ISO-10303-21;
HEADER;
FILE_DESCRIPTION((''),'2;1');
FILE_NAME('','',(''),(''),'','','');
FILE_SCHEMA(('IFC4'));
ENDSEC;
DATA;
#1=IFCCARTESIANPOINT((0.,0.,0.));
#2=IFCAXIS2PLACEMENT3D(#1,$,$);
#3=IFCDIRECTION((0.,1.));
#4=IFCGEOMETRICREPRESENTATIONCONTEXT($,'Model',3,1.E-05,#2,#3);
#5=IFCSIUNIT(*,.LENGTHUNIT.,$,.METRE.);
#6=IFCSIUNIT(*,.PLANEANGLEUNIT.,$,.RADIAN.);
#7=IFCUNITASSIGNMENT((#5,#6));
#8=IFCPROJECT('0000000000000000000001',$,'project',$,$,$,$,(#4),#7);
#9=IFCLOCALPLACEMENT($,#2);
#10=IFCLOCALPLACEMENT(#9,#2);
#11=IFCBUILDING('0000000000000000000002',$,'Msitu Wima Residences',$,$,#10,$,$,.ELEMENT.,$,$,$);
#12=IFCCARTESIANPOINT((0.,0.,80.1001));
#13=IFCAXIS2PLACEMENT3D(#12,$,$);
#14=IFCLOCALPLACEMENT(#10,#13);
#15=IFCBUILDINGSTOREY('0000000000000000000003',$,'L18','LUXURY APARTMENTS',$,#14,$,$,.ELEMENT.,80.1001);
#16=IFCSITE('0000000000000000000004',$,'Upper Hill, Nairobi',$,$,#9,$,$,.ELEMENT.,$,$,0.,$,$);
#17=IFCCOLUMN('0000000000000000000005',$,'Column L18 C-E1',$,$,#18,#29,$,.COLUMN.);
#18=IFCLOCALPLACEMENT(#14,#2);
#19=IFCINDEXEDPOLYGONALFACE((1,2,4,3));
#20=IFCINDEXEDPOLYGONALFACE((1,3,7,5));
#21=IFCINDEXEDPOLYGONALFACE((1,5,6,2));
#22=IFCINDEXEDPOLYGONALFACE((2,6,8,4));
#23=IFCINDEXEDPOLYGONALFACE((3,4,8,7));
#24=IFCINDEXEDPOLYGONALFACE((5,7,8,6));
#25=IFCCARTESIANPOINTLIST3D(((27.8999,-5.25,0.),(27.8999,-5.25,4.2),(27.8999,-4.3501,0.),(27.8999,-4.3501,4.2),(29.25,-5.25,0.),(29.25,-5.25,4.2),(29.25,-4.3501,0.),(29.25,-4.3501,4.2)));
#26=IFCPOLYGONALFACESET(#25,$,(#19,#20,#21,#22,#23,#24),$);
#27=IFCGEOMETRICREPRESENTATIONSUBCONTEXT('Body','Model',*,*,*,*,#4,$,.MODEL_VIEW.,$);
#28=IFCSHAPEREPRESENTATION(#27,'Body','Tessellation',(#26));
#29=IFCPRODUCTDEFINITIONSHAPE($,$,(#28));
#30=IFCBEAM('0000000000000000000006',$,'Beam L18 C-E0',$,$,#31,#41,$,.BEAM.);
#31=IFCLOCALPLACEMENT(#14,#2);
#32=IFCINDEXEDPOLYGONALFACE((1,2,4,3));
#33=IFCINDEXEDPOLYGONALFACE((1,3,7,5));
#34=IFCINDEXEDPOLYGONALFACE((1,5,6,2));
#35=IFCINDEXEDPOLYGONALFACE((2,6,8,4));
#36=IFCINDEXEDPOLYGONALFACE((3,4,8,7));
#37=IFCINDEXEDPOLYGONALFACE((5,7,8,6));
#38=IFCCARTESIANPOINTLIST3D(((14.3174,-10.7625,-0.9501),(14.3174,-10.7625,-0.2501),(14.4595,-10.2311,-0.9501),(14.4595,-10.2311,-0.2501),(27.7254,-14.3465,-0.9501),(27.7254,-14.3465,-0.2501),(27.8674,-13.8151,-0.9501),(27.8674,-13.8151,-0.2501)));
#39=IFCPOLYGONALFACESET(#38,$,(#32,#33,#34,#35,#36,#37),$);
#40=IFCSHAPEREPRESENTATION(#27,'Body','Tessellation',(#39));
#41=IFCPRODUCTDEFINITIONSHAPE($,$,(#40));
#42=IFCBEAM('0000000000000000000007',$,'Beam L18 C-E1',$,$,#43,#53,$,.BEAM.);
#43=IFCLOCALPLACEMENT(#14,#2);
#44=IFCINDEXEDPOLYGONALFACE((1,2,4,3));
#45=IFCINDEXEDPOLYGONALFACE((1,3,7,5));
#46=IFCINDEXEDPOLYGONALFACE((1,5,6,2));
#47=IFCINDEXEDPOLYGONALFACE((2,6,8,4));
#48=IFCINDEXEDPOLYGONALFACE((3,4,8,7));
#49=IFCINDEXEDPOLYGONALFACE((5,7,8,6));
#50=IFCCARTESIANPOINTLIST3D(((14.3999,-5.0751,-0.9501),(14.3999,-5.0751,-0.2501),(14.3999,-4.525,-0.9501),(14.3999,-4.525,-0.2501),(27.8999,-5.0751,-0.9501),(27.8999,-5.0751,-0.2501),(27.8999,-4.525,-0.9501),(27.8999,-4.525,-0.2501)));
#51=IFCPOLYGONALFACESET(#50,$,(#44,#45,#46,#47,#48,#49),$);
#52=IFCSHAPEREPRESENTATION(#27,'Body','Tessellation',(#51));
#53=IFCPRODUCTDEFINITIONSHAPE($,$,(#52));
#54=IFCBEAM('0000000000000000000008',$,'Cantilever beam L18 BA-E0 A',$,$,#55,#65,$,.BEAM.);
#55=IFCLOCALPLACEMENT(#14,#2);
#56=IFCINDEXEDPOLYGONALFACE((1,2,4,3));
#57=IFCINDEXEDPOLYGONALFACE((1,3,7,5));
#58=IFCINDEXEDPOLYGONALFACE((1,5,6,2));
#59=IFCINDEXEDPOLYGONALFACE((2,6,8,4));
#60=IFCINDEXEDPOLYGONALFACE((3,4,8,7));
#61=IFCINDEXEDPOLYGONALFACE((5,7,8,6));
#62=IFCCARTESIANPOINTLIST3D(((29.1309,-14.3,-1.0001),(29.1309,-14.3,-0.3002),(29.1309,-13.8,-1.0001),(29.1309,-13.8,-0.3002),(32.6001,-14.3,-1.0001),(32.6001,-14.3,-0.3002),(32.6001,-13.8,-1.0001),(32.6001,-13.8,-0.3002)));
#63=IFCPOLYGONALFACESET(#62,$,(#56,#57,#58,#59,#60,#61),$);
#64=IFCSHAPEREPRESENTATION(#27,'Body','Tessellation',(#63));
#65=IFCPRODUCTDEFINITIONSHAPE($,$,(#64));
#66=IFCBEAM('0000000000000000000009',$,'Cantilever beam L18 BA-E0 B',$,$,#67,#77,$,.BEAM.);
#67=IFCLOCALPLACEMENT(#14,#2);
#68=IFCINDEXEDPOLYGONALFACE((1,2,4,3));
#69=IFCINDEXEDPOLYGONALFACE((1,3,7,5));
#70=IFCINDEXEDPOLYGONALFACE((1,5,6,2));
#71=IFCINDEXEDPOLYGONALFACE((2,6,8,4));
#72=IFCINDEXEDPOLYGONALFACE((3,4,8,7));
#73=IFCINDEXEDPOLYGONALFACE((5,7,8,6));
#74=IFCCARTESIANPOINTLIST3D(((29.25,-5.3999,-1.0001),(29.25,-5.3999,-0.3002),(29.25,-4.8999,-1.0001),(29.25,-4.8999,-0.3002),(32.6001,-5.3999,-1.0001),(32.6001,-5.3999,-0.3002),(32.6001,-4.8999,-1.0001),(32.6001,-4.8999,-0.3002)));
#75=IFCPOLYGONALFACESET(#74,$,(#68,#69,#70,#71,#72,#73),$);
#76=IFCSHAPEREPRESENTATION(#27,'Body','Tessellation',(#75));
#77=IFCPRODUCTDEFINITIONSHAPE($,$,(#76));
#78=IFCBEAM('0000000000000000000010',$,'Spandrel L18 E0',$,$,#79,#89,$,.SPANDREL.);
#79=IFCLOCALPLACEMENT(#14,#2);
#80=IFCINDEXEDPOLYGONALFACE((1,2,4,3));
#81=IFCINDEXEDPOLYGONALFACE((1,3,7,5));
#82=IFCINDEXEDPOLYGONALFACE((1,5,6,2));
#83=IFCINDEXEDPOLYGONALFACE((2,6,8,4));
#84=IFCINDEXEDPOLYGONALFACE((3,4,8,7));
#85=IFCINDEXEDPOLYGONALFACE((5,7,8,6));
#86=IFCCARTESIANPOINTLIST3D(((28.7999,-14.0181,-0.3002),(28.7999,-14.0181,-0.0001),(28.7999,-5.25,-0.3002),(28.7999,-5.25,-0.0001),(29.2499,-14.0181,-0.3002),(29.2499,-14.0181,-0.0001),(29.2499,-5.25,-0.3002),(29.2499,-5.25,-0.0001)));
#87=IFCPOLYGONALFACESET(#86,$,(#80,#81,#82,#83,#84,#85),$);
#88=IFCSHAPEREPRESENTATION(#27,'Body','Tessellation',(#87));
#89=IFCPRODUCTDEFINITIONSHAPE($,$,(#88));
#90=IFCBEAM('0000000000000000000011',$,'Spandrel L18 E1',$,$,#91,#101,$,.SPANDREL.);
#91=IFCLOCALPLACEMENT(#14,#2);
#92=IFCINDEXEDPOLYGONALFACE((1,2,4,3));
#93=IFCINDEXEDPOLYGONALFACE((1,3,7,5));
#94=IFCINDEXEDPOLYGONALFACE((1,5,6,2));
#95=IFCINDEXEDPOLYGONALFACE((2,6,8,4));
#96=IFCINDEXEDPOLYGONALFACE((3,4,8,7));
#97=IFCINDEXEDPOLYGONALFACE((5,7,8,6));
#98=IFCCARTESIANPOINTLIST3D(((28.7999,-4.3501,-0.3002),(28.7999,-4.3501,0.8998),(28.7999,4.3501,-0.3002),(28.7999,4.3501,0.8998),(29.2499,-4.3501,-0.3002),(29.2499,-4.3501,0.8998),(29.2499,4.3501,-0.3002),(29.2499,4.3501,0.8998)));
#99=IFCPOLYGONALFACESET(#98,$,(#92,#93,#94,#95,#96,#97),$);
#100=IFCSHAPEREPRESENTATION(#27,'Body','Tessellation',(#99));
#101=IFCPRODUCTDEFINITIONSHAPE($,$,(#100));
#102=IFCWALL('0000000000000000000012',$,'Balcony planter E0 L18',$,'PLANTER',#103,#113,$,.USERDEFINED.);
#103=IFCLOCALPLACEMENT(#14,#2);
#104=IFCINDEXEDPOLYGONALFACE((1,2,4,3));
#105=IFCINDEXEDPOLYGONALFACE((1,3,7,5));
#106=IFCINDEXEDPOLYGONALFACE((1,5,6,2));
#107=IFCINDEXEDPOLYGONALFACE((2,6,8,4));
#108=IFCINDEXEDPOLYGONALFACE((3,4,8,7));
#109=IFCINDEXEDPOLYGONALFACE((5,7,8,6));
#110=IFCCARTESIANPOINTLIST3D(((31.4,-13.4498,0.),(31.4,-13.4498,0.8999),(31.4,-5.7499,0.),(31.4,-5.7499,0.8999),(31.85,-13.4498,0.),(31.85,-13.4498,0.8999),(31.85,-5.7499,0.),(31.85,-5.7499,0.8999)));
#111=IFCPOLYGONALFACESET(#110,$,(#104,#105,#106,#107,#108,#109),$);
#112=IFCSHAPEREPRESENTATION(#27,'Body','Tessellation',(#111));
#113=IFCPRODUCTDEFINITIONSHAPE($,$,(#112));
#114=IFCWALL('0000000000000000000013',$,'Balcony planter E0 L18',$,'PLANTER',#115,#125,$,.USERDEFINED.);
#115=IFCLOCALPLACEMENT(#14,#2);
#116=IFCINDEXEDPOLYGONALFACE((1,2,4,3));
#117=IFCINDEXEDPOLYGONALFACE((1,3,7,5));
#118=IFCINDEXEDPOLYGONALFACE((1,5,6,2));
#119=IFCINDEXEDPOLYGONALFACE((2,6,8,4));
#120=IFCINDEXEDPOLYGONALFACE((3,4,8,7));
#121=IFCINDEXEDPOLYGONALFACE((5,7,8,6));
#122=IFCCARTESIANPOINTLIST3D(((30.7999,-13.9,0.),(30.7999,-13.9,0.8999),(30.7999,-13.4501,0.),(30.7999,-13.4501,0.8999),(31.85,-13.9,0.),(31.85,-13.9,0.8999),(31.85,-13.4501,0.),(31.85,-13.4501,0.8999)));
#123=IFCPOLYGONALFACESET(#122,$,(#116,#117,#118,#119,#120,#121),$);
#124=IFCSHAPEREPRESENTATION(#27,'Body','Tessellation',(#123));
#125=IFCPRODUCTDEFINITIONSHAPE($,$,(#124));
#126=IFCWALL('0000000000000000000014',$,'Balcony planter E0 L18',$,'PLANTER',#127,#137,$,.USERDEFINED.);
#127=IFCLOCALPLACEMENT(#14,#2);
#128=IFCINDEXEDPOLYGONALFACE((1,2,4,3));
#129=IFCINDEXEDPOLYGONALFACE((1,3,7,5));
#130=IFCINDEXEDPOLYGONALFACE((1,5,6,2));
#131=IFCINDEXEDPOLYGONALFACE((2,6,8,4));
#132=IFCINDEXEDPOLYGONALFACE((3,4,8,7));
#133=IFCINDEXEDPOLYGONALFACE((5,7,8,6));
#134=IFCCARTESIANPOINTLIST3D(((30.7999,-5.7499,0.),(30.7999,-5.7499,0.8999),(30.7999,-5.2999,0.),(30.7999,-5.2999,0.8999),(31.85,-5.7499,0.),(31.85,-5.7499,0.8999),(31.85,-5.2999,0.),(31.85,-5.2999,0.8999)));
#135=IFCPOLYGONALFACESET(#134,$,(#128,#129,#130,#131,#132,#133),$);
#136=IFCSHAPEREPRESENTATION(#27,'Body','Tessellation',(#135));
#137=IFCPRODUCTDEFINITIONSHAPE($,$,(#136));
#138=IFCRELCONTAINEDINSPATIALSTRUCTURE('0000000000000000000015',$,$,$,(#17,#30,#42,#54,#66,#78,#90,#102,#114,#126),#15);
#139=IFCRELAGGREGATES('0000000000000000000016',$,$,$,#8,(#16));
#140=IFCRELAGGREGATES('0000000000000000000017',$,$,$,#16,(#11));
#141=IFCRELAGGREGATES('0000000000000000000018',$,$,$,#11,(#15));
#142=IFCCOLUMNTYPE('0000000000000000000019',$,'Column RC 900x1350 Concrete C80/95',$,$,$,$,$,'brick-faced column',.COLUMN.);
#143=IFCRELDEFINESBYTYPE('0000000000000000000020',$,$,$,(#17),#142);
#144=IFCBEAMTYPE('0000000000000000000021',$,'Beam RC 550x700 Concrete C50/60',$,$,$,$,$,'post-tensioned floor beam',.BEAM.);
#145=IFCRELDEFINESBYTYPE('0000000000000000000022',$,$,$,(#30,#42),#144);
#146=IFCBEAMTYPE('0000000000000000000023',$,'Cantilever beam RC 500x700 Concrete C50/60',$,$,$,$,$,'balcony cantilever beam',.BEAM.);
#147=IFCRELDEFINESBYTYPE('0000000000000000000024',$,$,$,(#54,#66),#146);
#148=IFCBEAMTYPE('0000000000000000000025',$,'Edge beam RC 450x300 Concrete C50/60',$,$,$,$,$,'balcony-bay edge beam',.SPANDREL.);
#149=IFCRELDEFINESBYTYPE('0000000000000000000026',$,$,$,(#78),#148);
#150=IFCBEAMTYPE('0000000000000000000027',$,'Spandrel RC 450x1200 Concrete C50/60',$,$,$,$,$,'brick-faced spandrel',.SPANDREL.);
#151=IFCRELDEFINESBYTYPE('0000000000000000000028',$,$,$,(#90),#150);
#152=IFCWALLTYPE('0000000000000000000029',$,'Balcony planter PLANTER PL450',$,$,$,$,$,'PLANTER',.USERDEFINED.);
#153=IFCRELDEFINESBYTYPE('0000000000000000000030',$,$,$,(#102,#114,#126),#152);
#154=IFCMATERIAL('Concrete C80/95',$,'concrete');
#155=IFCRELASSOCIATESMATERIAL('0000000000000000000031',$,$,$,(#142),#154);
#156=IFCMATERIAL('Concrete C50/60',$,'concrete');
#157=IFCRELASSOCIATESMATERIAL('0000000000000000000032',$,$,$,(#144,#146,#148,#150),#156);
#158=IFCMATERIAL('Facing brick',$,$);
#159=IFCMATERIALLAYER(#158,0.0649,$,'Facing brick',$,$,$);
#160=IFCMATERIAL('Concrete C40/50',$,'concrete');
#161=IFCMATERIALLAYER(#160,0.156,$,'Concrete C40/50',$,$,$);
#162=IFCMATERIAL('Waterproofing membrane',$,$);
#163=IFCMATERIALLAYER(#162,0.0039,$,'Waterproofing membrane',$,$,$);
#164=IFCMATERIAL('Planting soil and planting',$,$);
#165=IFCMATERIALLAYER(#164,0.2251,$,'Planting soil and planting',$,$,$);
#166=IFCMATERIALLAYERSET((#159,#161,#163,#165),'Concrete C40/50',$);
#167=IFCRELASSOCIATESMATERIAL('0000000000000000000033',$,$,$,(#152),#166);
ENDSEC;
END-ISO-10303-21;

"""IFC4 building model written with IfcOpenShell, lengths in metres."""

from ifc_helpers import new_model, si_unit, direction, frame, frame_2d, origin, origin_2d, place, context, subcontext, project, spatial, rectangle, extrude, material, layer, layer_set, material_profile, profile_set, type_object, element, save


model = new_model("IFC4")

# Units and contexts
model_context = context("Model", 3, precision=1e-05, world=origin(), true_north=direction((0.0, 1.0)))
body_context = subcontext(model_context, "Body", "Model", "MODEL_VIEW")
ifc_project = project(units=[si_unit("LENGTHUNIT", "METRE"), si_unit("PLANEANGLEUNIT", "RADIAN")], contexts=[model_context])

# Site, building, storey
site_placement = place(None, origin())
site = spatial("IfcSite", under=ifc_project, at=site_placement, Name="Upper Hill, Nairobi", CompositionType="ELEMENT", RefElevation=0.0)
building_placement = place(site_placement, origin())
building = spatial("IfcBuilding", under=site, at=building_placement, Name="Msitu Wima Residences", CompositionType="ELEMENT")
storey_placement = place(building_placement, frame((0.0, 0.0, 80.1001)))
storey = spatial("IfcBuildingStorey", under=building, at=storey_placement, Name="L18", Description="LUXURY APARTMENTS", CompositionType="ELEMENT", Elevation=80.1001)

# Column
ifc_material_1 = material(Name="Concrete C80/95", Category="concrete")
ifc_material_profile_1 = material_profile(ifc_material_1, rectangle(XDim=0.8999, YDim=1.3501, at=origin_2d()), Name="RC 900x1350")
ifc_profile_set_1 = profile_set([ifc_material_profile_1], Name="Concrete C80/95")
column_type = type_object("IfcColumnType", Name="Column RC 900x1350 Concrete C80/95", ElementType="brick-faced column", PredefinedType="COLUMN", material=ifc_profile_set_1)
column_placement = place(storey_placement, frame((28.575, -4.8, 0.0), z_axis=(0.0, 0.0, 1.0), x_axis=(0.0, 1.0, 0.0)))
element("IfcColumn", 1, at=column_placement, inside=storey, type_object=column_type, Name="Column L18 C-E1", PredefinedType="COLUMN", context=body_context, shape_type="SweptSolid", body=[
    extrude(rectangle(XDim=0.8999, YDim=1.3501, at=origin_2d()), origin(), (0.0, 0.0, 1.0), 4.2),
])

# Beams
ifc_material_2 = material(Name="Concrete C50/60", Category="concrete")
ifc_material_profile_2 = material_profile(ifc_material_2, rectangle(XDim=0.55, YDim=0.7, at=origin_2d()), Name="RC 550x700")
ifc_profile_set_2 = profile_set([ifc_material_profile_2], Name="Concrete C50/60")
beam_type_1 = type_object("IfcBeamType", Name="Beam RC 550x700 Concrete C50/60", ElementType="post-tensioned floor beam", PredefinedType="BEAM", material=ifc_profile_set_2)
beam_1_placement = place(storey_placement, frame((27.7964, -14.0808, -0.6001), z_axis=(-0.966082, 0.258236, 0.0), x_axis=(-0.258236, -0.966082, 0.0)))
element("IfcBeam", 2, at=beam_1_placement, inside=storey, type_object=beam_type_1, Name="Beam L18 C-E0", PredefinedType="BEAM", context=body_context, shape_type="SweptSolid", body=[
    extrude(rectangle(XDim=0.55, YDim=0.7, at=origin_2d()), origin(), (0.0, 0.0, 1.0), 13.8787),
])
beam_2_placement = place(storey_placement, frame((27.8999, -4.8, -0.6001), z_axis=(-1.0, 0.0, 0.0), x_axis=(0.0, -1.0, 0.0)))
element("IfcBeam", 3, at=beam_2_placement, inside=storey, type_object=beam_type_1, Name="Beam L18 C-E1", PredefinedType="BEAM", context=body_context, shape_type="SweptSolid", body=[
    extrude(rectangle(XDim=0.55, YDim=0.7, at=origin_2d()), origin(), (0.0, 0.0, 1.0), 13.5),
])
ifc_material_profile_3 = material_profile(ifc_material_2, rectangle(XDim=0.5, YDim=0.7, at=origin_2d()), Name="RC 500x700")
ifc_profile_set_3 = profile_set([ifc_material_profile_3], Name="Concrete C50/60")
beam_type_2 = type_object("IfcBeamType", Name="Cantilever beam RC 500x700 Concrete C50/60", ElementType="balcony cantilever beam", PredefinedType="BEAM", material=ifc_profile_set_3)
beam_3_placement = place(storey_placement, frame((29.1309, -14.05, -0.6501), z_axis=(1.0, 0.0, 0.0), x_axis=(0.0, 1.0, 0.0)))
element("IfcBeam", 4, at=beam_3_placement, inside=storey, type_object=beam_type_2, Name="Cantilever beam L18 BA-E0 A", PredefinedType="BEAM", context=body_context, shape_type="SweptSolid", body=[
    extrude(rectangle(XDim=0.5, YDim=0.7, at=origin_2d()), origin(), (0.0, 0.0, 1.0), 3.4692),
])
beam_4_placement = place(storey_placement, frame((29.25, -5.1499, -0.6501), z_axis=(1.0, 0.0, 0.0), x_axis=(0.0, 1.0, 0.0)))
element("IfcBeam", 5, at=beam_4_placement, inside=storey, type_object=beam_type_2, Name="Cantilever beam L18 BA-E0 B", PredefinedType="BEAM", context=body_context, shape_type="SweptSolid", body=[
    extrude(rectangle(XDim=0.5, YDim=0.7, at=origin_2d()), origin(), (0.0, 0.0, 1.0), 3.3501),
])
ifc_material_profile_4 = material_profile(ifc_material_2, rectangle(XDim=0.45, YDim=0.3, at=origin_2d()), Name="RC 450x300")
ifc_profile_set_4 = profile_set([ifc_material_profile_4], Name="Concrete C50/60")
beam_type_3 = type_object("IfcBeamType", Name="Edge beam RC 450x300 Concrete C50/60", ElementType="balcony-bay edge beam", PredefinedType="SPANDREL", material=ifc_profile_set_4)
beam_5_placement = place(storey_placement, frame((29.0249, -14.0181, -0.1501), z_axis=(0.0, 1.0, 0.0), x_axis=(-1.0, 0.0, 0.0)))
element("IfcBeam", 6, at=beam_5_placement, inside=storey, type_object=beam_type_3, Name="Spandrel L18 E0", PredefinedType="SPANDREL", context=body_context, shape_type="SweptSolid", body=[
    extrude(rectangle(XDim=0.45, YDim=0.3, at=origin_2d()), origin(), (0.0, 0.0, 1.0), 8.7681),
])
ifc_material_profile_5 = material_profile(ifc_material_2, rectangle(XDim=0.45, YDim=1.2, at=origin_2d()), Name="RC 450x1200")
ifc_profile_set_5 = profile_set([ifc_material_profile_5], Name="Concrete C50/60")
beam_type_4 = type_object("IfcBeamType", Name="Spandrel RC 450x1200 Concrete C50/60", ElementType="brick-faced spandrel", PredefinedType="SPANDREL", material=ifc_profile_set_5)
beam_6_placement = place(storey_placement, frame((29.0249, -4.3501, 0.2998), z_axis=(0.0, 1.0, 0.0), x_axis=(-1.0, 0.0, 0.0)))
element("IfcBeam", 7, at=beam_6_placement, inside=storey, type_object=beam_type_4, Name="Spandrel L18 E1", PredefinedType="SPANDREL", context=body_context, shape_type="SweptSolid", body=[
    extrude(rectangle(XDim=0.45, YDim=1.2, at=origin_2d()), origin(), (0.0, 0.0, 1.0), 8.7002),
])

# Walls
ifc_material_3 = material(Name="Facing brick")
ifc_layer_1 = layer(ifc_material_3, 0.0649, Name="Facing brick")
ifc_material_4 = material(Name="Concrete C40/50", Category="concrete")
ifc_layer_2 = layer(ifc_material_4, 0.156, Name="Concrete C40/50")
ifc_material_5 = material(Name="Waterproofing membrane")
ifc_layer_3 = layer(ifc_material_5, 0.0039, Name="Waterproofing membrane")
ifc_material_6 = material(Name="Planting soil and planting")
ifc_layer_4 = layer(ifc_material_6, 0.2251, Name="Planting soil and planting")
ifc_layer_set_1 = layer_set([ifc_layer_1, ifc_layer_2, ifc_layer_3, ifc_layer_4], Name="Concrete C40/50")
wall_type_1 = type_object("IfcWallType", Name="Balcony planter PLANTER PL450", ElementType="PLANTER", PredefinedType="USERDEFINED", material=ifc_layer_set_1)
wall_1_placement = place(storey_placement, frame((31.625, -13.45, 0.0), z_axis=(0.0, 0.0, 1.0), x_axis=(0.0, 1.0, 0.0)))
element("IfcWall", 8, at=wall_1_placement, inside=storey, type_object=wall_type_1, Name="Balcony planter E0 L18", ObjectType="PLANTER", PredefinedType="USERDEFINED", context=body_context, shape_type="SweptSolid", body=[
    extrude(rectangle(XDim=7.7, YDim=0.45, at=frame_2d((3.8501, 0.0))), origin(), (0.0, 0.0, 1.0), 0.8999),
])
for number, where, z_axis, x_axis, name in (
    (9, (30.8, -13.675, 0.0), (0.0, 0.0, 1.0), (1.0, 0.0, 0.0), "Balcony planter E0 L18"),
    (10, (30.8, -5.5249, 0.0), (0.0, 0.0, 1.0), (1.0, 0.0, 0.0), "Balcony planter E0 L18"),
):
    element("IfcWall", number, at=place(storey_placement, frame(where, z_axis=z_axis, x_axis=x_axis)), inside=storey, type_object=wall_type_1, Name=name, ObjectType="PLANTER", PredefinedType="USERDEFINED", context=body_context, shape_type="SweptSolid", body=[
        extrude(rectangle(XDim=1.05, YDim=0.45, at=frame_2d((0.5249, 0.0))), origin(), (0.0, 0.0, 1.0), 0.8999),
    ])

save(model, "model.ifc")
